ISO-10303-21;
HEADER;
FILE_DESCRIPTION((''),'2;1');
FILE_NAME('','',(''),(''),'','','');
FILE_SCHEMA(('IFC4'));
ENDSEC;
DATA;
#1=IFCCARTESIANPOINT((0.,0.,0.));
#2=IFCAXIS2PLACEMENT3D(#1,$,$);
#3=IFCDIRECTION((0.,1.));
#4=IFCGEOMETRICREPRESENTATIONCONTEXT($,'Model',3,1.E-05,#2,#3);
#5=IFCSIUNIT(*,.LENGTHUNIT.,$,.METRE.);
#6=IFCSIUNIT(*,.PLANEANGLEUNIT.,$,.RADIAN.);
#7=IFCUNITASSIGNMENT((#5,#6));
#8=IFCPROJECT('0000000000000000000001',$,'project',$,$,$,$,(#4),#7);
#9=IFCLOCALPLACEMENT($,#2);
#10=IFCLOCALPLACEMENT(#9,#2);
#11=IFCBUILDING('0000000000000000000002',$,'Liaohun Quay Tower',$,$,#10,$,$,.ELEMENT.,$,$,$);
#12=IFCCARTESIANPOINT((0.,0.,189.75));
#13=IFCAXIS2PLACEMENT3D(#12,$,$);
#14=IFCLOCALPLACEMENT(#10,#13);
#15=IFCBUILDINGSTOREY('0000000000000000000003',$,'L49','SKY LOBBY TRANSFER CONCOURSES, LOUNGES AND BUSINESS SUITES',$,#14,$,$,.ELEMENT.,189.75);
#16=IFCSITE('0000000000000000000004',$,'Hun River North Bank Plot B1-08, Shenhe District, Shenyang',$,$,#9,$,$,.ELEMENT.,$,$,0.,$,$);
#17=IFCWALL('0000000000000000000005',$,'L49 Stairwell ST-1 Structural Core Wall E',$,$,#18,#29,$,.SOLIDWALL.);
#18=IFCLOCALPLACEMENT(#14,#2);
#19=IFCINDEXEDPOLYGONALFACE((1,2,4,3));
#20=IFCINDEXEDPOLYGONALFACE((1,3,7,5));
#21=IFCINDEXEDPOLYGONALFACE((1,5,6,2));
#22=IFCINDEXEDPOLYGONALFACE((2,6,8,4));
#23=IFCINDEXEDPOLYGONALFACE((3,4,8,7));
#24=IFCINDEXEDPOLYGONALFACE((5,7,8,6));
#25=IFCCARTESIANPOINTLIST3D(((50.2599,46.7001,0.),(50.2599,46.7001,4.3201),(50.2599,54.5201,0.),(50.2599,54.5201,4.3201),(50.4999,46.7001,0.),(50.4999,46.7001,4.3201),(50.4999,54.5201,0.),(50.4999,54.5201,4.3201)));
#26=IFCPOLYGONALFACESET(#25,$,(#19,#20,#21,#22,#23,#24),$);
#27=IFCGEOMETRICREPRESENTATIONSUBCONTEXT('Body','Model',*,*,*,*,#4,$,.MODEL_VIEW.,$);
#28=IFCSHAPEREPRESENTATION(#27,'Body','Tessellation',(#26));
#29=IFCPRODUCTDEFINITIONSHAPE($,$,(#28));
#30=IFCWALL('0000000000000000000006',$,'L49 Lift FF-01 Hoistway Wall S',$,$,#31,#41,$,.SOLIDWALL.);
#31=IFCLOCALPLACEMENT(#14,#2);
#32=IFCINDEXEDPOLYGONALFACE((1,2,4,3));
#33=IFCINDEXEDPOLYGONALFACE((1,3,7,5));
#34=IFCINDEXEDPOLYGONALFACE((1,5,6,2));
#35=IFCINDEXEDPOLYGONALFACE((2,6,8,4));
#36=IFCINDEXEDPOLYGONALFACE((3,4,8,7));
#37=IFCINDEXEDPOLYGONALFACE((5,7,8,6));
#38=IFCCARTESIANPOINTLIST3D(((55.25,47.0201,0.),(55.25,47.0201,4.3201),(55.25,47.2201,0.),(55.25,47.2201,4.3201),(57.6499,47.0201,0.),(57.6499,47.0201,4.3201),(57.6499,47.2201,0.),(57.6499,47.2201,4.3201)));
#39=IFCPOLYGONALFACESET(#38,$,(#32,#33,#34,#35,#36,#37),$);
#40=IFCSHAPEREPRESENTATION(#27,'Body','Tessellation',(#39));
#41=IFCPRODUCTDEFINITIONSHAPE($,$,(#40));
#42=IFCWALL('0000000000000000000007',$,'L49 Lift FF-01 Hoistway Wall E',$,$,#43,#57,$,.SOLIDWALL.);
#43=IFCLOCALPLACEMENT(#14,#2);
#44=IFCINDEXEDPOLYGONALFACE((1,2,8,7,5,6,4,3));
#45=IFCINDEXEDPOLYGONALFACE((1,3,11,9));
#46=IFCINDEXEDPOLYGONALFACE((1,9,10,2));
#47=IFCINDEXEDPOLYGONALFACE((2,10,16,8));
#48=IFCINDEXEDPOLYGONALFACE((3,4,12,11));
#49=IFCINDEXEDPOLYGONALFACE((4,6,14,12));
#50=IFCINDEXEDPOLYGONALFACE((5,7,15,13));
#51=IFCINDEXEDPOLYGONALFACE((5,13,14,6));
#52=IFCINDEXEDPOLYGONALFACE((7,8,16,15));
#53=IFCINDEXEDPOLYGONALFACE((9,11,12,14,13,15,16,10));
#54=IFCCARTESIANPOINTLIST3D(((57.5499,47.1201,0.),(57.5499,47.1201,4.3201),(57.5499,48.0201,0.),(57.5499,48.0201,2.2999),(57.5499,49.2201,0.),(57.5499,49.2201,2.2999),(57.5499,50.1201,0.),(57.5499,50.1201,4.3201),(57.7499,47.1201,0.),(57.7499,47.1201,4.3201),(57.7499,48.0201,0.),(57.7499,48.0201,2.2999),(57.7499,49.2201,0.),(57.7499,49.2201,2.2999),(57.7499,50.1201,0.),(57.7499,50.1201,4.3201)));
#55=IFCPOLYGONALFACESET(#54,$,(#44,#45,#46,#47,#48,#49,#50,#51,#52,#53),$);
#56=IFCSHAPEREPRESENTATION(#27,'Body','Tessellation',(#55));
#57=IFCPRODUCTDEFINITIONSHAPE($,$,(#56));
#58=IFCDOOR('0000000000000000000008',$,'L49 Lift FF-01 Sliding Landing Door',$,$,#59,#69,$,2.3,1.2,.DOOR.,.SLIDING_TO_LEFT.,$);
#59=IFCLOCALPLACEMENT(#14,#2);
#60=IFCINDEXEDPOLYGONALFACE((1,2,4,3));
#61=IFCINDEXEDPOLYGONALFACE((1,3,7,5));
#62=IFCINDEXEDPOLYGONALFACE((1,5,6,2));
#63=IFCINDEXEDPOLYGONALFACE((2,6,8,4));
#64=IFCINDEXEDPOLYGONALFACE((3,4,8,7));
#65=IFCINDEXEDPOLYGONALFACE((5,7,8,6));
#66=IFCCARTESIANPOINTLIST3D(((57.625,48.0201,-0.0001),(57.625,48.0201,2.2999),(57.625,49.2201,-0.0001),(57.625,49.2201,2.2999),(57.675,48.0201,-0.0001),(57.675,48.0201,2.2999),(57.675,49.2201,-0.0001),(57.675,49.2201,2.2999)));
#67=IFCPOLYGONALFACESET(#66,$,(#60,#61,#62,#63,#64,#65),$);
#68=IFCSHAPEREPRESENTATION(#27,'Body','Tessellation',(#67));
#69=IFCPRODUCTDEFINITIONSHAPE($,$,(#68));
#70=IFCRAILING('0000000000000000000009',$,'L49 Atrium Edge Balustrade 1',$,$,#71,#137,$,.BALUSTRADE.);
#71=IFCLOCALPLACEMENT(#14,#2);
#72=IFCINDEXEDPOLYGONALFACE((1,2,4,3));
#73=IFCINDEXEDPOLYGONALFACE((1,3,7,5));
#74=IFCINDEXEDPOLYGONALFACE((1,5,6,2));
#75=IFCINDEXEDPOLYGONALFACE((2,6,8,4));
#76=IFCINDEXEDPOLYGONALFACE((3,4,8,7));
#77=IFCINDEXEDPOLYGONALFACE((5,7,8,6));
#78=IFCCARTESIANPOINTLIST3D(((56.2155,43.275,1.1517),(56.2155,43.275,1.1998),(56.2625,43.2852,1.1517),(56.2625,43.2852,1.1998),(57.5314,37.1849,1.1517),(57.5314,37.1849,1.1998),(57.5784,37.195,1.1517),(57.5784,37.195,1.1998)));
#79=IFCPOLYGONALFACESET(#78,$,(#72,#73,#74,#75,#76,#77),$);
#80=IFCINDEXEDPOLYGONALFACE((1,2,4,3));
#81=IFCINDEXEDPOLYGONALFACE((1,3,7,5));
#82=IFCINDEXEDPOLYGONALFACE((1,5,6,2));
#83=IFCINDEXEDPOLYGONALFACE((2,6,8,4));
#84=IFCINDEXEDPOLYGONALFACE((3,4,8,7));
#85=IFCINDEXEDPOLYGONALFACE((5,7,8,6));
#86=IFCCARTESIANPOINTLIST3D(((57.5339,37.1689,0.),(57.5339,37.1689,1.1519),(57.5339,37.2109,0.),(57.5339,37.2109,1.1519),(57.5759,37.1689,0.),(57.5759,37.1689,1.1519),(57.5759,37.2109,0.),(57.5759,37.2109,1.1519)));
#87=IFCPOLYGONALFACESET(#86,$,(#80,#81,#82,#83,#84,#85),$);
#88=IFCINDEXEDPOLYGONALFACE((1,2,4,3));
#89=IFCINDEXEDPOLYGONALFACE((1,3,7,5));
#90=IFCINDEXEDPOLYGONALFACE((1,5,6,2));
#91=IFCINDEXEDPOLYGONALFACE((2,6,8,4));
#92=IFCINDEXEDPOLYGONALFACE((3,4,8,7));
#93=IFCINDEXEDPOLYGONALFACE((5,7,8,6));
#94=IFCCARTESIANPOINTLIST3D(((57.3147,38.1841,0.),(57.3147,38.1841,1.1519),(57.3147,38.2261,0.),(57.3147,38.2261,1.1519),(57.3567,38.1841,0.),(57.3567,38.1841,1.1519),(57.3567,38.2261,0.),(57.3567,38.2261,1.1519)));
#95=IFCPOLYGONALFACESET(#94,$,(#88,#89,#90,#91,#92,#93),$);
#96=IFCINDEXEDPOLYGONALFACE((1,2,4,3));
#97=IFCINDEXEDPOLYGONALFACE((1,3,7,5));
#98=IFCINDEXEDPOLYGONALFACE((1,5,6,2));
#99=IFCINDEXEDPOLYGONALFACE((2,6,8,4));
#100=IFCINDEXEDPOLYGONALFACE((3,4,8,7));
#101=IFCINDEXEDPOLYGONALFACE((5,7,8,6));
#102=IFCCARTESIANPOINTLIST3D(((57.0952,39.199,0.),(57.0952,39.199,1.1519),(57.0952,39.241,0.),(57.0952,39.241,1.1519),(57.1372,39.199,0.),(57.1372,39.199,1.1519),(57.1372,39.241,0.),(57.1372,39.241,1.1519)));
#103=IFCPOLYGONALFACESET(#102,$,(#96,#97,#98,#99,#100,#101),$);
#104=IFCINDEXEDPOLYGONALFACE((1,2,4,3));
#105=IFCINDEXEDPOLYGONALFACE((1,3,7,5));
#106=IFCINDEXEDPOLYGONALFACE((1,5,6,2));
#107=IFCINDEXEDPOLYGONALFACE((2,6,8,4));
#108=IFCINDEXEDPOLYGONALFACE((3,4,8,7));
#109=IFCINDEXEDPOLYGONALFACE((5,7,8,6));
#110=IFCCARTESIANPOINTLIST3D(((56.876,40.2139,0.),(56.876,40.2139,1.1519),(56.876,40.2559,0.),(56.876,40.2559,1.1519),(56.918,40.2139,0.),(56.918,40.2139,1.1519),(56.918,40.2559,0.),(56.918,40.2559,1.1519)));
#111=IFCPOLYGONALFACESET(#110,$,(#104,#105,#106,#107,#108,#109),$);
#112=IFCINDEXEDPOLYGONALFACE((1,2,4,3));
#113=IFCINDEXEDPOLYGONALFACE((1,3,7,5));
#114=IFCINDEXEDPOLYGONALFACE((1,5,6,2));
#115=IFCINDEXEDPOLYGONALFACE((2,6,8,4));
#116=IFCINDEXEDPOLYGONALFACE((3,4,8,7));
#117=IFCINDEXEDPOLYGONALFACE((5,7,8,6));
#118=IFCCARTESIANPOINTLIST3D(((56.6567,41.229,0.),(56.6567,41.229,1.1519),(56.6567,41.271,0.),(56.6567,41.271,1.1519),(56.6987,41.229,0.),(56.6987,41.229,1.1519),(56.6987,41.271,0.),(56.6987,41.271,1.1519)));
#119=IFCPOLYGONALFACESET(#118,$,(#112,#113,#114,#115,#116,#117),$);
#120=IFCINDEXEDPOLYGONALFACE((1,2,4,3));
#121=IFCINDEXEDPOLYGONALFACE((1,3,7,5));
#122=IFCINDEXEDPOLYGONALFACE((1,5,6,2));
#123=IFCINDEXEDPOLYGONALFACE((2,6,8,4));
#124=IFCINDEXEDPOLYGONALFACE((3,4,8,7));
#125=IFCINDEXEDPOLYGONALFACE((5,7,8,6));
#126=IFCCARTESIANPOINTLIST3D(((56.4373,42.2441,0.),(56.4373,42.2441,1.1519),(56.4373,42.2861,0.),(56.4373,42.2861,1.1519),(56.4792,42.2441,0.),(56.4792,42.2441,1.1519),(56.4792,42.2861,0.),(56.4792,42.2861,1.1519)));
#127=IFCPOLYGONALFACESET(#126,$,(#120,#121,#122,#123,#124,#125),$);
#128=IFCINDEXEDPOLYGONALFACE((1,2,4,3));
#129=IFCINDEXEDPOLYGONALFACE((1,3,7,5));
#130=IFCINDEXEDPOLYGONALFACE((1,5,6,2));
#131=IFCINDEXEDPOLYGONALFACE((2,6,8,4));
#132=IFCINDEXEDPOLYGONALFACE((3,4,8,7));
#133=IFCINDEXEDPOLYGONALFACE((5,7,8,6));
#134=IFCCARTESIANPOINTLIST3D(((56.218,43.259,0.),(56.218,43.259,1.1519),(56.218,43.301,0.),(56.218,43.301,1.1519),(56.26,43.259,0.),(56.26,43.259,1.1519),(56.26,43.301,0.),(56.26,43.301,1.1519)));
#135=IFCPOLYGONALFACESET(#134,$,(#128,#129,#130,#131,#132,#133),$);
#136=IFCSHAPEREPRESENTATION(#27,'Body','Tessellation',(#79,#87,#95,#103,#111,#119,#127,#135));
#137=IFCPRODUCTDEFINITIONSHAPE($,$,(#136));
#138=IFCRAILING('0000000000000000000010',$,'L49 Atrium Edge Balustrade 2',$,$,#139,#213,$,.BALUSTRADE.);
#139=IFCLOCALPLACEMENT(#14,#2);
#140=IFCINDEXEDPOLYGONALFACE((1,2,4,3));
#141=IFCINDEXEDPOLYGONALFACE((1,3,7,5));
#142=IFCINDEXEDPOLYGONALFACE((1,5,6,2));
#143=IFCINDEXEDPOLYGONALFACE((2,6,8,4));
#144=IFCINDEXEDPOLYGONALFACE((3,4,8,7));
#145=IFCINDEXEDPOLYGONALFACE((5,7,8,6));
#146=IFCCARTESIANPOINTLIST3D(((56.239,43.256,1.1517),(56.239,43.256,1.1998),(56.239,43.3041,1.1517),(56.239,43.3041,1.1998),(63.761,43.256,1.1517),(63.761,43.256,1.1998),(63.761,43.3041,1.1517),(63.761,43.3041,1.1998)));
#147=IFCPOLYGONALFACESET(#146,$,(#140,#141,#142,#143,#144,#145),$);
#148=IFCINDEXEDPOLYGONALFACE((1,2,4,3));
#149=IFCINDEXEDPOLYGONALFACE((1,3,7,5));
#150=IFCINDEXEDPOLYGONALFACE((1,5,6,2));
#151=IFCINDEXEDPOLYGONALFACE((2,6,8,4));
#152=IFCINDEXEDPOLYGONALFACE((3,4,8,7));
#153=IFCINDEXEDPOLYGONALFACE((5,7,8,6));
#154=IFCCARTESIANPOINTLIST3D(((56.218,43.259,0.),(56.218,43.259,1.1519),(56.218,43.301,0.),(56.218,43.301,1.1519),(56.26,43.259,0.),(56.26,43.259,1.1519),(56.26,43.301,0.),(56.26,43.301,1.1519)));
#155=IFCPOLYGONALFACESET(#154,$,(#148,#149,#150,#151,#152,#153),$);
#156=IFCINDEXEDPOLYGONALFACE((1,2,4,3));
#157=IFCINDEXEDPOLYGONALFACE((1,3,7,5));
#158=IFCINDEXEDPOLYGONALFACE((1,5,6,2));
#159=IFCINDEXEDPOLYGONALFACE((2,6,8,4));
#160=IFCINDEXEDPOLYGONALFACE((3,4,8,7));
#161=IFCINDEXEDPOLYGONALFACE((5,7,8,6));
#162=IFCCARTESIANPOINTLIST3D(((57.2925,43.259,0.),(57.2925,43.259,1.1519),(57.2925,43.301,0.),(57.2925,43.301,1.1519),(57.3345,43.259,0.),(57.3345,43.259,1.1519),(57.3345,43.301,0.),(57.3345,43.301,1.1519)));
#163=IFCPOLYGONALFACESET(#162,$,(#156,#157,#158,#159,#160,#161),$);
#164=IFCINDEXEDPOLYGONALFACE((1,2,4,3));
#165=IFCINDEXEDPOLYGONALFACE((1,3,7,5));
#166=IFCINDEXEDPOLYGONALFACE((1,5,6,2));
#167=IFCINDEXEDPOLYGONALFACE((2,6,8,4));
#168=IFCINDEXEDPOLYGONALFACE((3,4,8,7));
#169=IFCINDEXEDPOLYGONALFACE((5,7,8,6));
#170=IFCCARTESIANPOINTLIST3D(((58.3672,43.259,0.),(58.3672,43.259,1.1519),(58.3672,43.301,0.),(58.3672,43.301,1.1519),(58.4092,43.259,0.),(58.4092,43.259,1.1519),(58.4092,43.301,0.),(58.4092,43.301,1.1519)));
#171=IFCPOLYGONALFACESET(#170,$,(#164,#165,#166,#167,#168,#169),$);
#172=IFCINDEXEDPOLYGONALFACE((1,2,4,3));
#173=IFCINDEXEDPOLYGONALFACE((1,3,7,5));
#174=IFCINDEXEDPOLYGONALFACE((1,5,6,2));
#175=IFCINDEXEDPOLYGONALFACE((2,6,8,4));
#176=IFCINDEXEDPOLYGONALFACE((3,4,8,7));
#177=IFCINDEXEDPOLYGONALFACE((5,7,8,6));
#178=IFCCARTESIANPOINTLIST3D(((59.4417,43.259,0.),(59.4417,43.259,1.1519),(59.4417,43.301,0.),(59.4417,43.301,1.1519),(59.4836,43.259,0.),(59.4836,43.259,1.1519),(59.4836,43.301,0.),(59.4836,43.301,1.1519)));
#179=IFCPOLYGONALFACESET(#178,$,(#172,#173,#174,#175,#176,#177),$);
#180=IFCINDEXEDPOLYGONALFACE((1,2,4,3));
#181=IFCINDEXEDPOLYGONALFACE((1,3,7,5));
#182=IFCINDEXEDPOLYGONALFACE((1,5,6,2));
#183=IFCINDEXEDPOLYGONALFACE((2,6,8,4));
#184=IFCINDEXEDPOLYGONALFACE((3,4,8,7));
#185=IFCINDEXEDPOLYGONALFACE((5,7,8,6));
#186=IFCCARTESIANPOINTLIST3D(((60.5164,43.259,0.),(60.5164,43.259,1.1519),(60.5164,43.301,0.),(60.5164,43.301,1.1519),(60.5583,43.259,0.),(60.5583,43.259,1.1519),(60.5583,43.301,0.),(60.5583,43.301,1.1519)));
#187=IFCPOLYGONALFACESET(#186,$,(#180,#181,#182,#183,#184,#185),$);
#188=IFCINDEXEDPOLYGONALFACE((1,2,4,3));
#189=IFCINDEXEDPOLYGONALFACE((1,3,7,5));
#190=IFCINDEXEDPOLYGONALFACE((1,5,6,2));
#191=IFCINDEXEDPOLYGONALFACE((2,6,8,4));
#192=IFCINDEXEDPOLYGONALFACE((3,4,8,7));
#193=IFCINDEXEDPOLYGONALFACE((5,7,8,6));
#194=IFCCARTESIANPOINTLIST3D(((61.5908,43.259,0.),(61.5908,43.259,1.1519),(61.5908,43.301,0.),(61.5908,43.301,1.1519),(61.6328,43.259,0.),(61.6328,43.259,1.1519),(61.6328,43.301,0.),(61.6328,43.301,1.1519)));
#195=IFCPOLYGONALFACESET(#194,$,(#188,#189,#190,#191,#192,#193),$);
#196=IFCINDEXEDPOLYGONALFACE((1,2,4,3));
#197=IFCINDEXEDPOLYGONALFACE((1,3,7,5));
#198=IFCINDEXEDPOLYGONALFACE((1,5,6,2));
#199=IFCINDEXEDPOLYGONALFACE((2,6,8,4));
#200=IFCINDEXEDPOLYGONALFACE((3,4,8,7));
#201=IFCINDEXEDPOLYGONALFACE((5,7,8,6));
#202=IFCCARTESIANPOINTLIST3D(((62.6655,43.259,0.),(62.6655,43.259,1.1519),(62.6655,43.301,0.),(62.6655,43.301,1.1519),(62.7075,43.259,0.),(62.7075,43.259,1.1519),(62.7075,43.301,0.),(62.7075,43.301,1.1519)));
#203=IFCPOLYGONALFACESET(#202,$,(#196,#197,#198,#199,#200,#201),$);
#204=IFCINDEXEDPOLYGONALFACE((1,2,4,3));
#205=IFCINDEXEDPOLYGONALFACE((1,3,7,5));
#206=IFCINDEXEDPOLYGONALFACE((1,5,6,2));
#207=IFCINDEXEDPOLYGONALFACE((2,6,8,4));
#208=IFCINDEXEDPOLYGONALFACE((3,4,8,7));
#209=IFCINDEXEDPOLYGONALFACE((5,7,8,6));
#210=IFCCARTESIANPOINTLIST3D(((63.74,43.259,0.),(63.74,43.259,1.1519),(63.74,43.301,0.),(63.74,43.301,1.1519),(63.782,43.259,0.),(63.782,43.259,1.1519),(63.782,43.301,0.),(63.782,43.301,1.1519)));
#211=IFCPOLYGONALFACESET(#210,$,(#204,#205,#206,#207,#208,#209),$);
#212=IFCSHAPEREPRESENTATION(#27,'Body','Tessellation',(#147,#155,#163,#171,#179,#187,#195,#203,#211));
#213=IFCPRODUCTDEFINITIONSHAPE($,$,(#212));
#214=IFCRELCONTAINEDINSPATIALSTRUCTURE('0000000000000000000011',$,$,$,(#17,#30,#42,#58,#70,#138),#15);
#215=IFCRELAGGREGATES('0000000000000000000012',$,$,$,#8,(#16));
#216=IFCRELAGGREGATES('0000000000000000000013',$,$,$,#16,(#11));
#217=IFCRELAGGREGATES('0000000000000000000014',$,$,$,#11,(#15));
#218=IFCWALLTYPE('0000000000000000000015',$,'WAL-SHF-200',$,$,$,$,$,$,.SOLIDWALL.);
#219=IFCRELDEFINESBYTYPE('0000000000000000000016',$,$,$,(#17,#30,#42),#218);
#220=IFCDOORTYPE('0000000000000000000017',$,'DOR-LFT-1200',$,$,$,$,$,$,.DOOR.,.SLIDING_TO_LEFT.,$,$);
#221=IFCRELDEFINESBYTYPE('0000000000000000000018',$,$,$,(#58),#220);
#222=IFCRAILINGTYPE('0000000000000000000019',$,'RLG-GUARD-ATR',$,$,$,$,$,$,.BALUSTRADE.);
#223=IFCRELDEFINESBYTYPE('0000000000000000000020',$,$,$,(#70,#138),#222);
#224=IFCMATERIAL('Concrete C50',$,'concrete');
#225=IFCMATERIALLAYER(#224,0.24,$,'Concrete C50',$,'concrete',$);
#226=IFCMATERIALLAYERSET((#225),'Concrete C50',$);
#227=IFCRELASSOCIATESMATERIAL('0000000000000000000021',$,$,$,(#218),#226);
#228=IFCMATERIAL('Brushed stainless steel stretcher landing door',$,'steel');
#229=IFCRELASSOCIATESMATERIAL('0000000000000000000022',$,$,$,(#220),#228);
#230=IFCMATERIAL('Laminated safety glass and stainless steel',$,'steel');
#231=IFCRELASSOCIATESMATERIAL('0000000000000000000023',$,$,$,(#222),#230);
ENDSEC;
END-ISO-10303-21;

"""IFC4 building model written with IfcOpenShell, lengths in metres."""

from ifc_helpers import new_model, si_unit, direction, frame, frame_2d, origin, origin_2d, place, context, subcontext, project, spatial, rectangle, extrude, source, transform, mapped, material, layer, layer_set, type_object, element, fill, save


model = new_model("IFC4")

# Units and contexts
model_context = context("Model", 3, precision=1e-05, world=origin(), true_north=direction((0.0, 1.0)))
body_context = subcontext(model_context, "Body", "Model", "MODEL_VIEW")
ifc_project = project(units=[si_unit("LENGTHUNIT", "METRE"), si_unit("PLANEANGLEUNIT", "RADIAN")], contexts=[model_context])

# Site, building, storey
site_placement = place(None, origin())
site = spatial("IfcSite", under=ifc_project, at=site_placement, Name="Hun River North Bank Plot B1-08, Shenhe District, Shenyang", CompositionType="ELEMENT", RefElevation=0.0)
building_placement = place(site_placement, origin())
building = spatial("IfcBuilding", under=site, at=building_placement, Name="Liaohun Quay Tower", CompositionType="ELEMENT")
storey_placement = place(building_placement, frame((0.0, 0.0, 189.75)))
storey = spatial("IfcBuildingStorey", under=building, at=storey_placement, Name="L49", Description="SKY LOBBY TRANSFER CONCOURSES, LOUNGES AND BUSINESS SUITES", CompositionType="ELEMENT", Elevation=189.75)

# Walls
ifc_material_1 = material(Name="Concrete C50", Category="concrete")
ifc_layer_1 = layer(ifc_material_1, 0.24, Name="Concrete C50", Category="concrete")
ifc_layer_set_1 = layer_set([ifc_layer_1], Name="Concrete C50")
wall_type_1 = type_object("IfcWallType", Name="WAL-SHF-200", PredefinedType="SOLIDWALL", material=ifc_layer_set_1)
wall_1_placement = place(storey_placement, frame((50.3799, 46.7, 0.0), z_axis=(0.0, 0.0, 1.0), x_axis=(0.0, 1.0, 0.0)))
element("IfcWall", 1, at=wall_1_placement, inside=storey, type_object=wall_type_1, Name="L49 Stairwell ST-1 Structural Core Wall E", PredefinedType="SOLIDWALL", context=body_context, shape_type="SweptSolid", body=[
    extrude(rectangle(XDim=7.8201, YDim=0.24, at=frame_2d((3.9102, 0.0))), origin(), (0.0, 0.0, 1.0), 4.3201),
])
wall_2_placement = place(storey_placement, frame((55.25, 47.1201, 0.0), z_axis=(0.0, 0.0, 1.0), x_axis=(1.0, 0.0, 0.0)))
element("IfcWall", 2, at=wall_2_placement, inside=storey, type_object=wall_type_1, Name="L49 Lift FF-01 Hoistway Wall S", PredefinedType="SOLIDWALL", context=body_context, shape_type="SweptSolid", body=[
    extrude(rectangle(XDim=2.3999, YDim=0.2, at=frame_2d((1.2, 0.0))), origin(), (0.0, 0.0, 1.0), 4.3201),
])

# Wall, opening, door
wall_3_placement = place(storey_placement, frame((57.6499, 47.1201, 0.0), z_axis=(0.0, 0.0, 1.0), x_axis=(0.0, 1.0, 0.0)))
wall_3 = element("IfcWall", 3, at=wall_3_placement, inside=storey, type_object=wall_type_1, Name="L49 Lift FF-01 Hoistway Wall E", PredefinedType="SOLIDWALL", context=body_context, shape_type="SweptSolid", body=[
    extrude(rectangle(XDim=3.0, YDim=0.2, at=frame_2d((1.5, 0.0))), origin(), (0.0, 0.0, 1.0), 4.3201),
])
shared_shape_1 = source(origin(), body_context, "Body", "SweptSolid", [
    extrude(rectangle(XDim=1.2, YDim=2.3, at=frame_2d((0.6001, 1.1499))), frame((0.0, 0.1099, 0.0), z_axis=(0.0, -1.0, 0.0), x_axis=(1.0, 0.0, 0.0)), (0.0, 0.0, 1.0), 0.22),
])
opening_1_placement = place(wall_3_placement, frame((0.8999, 0.0, 0.0)))
opening_1 = element("IfcOpeningElement", 4, at=opening_1_placement, cuts=wall_3, PredefinedType="OPENING", context=body_context, shape_type="MappedRepresentation", body=[
    mapped(shared_shape_1, transform((0.0, 0.0, 0.0), x_axis=(1.0, 0.0, 0.0), y_axis=(0.0, 1.0, 0.0), z_axis=(0.0, 0.0, 1.0), scale=1.0)),
])
ifc_material_2 = material(Name="Brushed stainless steel stretcher landing door", Category="steel")
door_type_1 = type_object("IfcDoorType", Name="DOR-LFT-1200", OperationType="SLIDING_TO_LEFT", PredefinedType="DOOR", material=ifc_material_2)
shared_shape_2 = source(origin(), body_context, "Body", "SweptSolid", [
    extrude(rectangle(XDim=1.2, YDim=2.3, at=frame_2d((0.6001, 1.1499))), frame((0.0, 0.0249, 0.0), z_axis=(0.0, -1.0, 0.0), x_axis=(1.0, 0.0, 0.0)), (0.0, 0.0, 1.0), 0.05),
])
door_1_placement = place(opening_1_placement, origin())
door_1 = element("IfcDoor", 5, at=door_1_placement, inside=storey, type_object=door_type_1, Name="L49 Lift FF-01 Sliding Landing Door", OperationType="SLIDING_TO_LEFT", OverallHeight=2.3, OverallWidth=1.2, PredefinedType="DOOR", context=body_context, shape_type="MappedRepresentation", body=[
    mapped(shared_shape_2, transform((0.0, 0.0, 0.0), x_axis=(1.0, 0.0, 0.0), y_axis=(0.0, 1.0, 0.0), z_axis=(0.0, 0.0, 1.0), scale=1.0)),
])
fill(opening_1, door_1)

# Railings
ifc_material_3 = material(Name="Laminated safety glass and stainless steel", Category="steel")
railing_type_1 = type_object("IfcRailingType", Name="RLG-GUARD-ATR", PredefinedType="BALUSTRADE", material=ifc_material_3)
railing_1_placement = place(storey_placement, frame((57.5549, 37.1899, 0.0)))
element("IfcRailing", 6, at=railing_1_placement, inside=storey, type_object=railing_type_1, Name="L49 Atrium Edge Balustrade 1", PredefinedType="BALUSTRADE", context=body_context, shape_type="SweptSolid", body=[
    extrude(rectangle(XDim=0.0481, YDim=0.0481, at=origin_2d()), frame((0.0, 0.0, 1.1758), z_axis=(-0.211201, 0.977443, 0.0), x_axis=(-0.977443, -0.211201, 0.0)), (0.0, 0.0, 1.0), 6.2307),
    extrude(rectangle(XDim=0.042, YDim=0.042, at=origin_2d()), origin(), (0.0, 0.0, 1.0), 1.1519),
    extrude(rectangle(XDim=0.042, YDim=0.042, at=origin_2d()), frame((-0.2192, 1.0151, 0.0)), (0.0, 0.0, 1.0), 1.1519),
    extrude(rectangle(XDim=0.042, YDim=0.042, at=origin_2d()), frame((-0.4387, 2.03, 0.0)), (0.0, 0.0, 1.0), 1.1519),
    extrude(rectangle(XDim=0.042, YDim=0.042, at=origin_2d()), frame((-0.658, 3.0449, 0.0)), (0.0, 0.0, 1.0), 1.1519),
    extrude(rectangle(XDim=0.042, YDim=0.042, at=origin_2d()), frame((-0.8772, 4.0601, 0.0)), (0.0, 0.0, 1.0), 1.1519),
    extrude(rectangle(XDim=0.042, YDim=0.042, at=origin_2d()), frame((-1.0967, 5.0752, 0.0)), (0.0, 0.0, 1.0), 1.1519),
    extrude(rectangle(XDim=0.042, YDim=0.042, at=origin_2d()), frame((-1.3159, 6.0901, 0.0)), (0.0, 0.0, 1.0), 1.1519),
])
railing_2_placement = place(storey_placement, frame((56.239, 43.28, 0.0)))
element("IfcRailing", 7, at=railing_2_placement, inside=storey, type_object=railing_type_1, Name="L49 Atrium Edge Balustrade 2", PredefinedType="BALUSTRADE", context=body_context, shape_type="SweptSolid", body=[
    extrude(rectangle(XDim=0.0481, YDim=0.0481, at=origin_2d()), frame((0.0, 0.0, 1.1758), z_axis=(1.0, 0.0, 0.0), x_axis=(0.0, 1.0, 0.0)), (0.0, 0.0, 1.0), 7.522),
    extrude(rectangle(XDim=0.042, YDim=0.042, at=origin_2d()), origin(), (0.0, 0.0, 1.0), 1.1519),
    extrude(rectangle(XDim=0.042, YDim=0.042, at=origin_2d()), frame((1.0745, 0.0, 0.0)), (0.0, 0.0, 1.0), 1.1519),
    extrude(rectangle(XDim=0.042, YDim=0.042, at=origin_2d()), frame((2.1492, 0.0, 0.0)), (0.0, 0.0, 1.0), 1.1519),
    extrude(rectangle(XDim=0.042, YDim=0.042, at=origin_2d()), frame((3.2236, 0.0, 0.0)), (0.0, 0.0, 1.0), 1.1519),
    extrude(rectangle(XDim=0.042, YDim=0.042, at=origin_2d()), frame((4.2983, 0.0, 0.0)), (0.0, 0.0, 1.0), 1.1519),
    extrude(rectangle(XDim=0.042, YDim=0.042, at=origin_2d()), frame((5.3728, 0.0, 0.0)), (0.0, 0.0, 1.0), 1.1519),
    extrude(rectangle(XDim=0.042, YDim=0.042, at=origin_2d()), frame((6.4475, 0.0, 0.0)), (0.0, 0.0, 1.0), 1.1519),
    extrude(rectangle(XDim=0.042, YDim=0.042, at=origin_2d()), frame((7.522, 0.0, 0.0)), (0.0, 0.0, 1.0), 1.1519),
])

save(model, "model.ifc")
